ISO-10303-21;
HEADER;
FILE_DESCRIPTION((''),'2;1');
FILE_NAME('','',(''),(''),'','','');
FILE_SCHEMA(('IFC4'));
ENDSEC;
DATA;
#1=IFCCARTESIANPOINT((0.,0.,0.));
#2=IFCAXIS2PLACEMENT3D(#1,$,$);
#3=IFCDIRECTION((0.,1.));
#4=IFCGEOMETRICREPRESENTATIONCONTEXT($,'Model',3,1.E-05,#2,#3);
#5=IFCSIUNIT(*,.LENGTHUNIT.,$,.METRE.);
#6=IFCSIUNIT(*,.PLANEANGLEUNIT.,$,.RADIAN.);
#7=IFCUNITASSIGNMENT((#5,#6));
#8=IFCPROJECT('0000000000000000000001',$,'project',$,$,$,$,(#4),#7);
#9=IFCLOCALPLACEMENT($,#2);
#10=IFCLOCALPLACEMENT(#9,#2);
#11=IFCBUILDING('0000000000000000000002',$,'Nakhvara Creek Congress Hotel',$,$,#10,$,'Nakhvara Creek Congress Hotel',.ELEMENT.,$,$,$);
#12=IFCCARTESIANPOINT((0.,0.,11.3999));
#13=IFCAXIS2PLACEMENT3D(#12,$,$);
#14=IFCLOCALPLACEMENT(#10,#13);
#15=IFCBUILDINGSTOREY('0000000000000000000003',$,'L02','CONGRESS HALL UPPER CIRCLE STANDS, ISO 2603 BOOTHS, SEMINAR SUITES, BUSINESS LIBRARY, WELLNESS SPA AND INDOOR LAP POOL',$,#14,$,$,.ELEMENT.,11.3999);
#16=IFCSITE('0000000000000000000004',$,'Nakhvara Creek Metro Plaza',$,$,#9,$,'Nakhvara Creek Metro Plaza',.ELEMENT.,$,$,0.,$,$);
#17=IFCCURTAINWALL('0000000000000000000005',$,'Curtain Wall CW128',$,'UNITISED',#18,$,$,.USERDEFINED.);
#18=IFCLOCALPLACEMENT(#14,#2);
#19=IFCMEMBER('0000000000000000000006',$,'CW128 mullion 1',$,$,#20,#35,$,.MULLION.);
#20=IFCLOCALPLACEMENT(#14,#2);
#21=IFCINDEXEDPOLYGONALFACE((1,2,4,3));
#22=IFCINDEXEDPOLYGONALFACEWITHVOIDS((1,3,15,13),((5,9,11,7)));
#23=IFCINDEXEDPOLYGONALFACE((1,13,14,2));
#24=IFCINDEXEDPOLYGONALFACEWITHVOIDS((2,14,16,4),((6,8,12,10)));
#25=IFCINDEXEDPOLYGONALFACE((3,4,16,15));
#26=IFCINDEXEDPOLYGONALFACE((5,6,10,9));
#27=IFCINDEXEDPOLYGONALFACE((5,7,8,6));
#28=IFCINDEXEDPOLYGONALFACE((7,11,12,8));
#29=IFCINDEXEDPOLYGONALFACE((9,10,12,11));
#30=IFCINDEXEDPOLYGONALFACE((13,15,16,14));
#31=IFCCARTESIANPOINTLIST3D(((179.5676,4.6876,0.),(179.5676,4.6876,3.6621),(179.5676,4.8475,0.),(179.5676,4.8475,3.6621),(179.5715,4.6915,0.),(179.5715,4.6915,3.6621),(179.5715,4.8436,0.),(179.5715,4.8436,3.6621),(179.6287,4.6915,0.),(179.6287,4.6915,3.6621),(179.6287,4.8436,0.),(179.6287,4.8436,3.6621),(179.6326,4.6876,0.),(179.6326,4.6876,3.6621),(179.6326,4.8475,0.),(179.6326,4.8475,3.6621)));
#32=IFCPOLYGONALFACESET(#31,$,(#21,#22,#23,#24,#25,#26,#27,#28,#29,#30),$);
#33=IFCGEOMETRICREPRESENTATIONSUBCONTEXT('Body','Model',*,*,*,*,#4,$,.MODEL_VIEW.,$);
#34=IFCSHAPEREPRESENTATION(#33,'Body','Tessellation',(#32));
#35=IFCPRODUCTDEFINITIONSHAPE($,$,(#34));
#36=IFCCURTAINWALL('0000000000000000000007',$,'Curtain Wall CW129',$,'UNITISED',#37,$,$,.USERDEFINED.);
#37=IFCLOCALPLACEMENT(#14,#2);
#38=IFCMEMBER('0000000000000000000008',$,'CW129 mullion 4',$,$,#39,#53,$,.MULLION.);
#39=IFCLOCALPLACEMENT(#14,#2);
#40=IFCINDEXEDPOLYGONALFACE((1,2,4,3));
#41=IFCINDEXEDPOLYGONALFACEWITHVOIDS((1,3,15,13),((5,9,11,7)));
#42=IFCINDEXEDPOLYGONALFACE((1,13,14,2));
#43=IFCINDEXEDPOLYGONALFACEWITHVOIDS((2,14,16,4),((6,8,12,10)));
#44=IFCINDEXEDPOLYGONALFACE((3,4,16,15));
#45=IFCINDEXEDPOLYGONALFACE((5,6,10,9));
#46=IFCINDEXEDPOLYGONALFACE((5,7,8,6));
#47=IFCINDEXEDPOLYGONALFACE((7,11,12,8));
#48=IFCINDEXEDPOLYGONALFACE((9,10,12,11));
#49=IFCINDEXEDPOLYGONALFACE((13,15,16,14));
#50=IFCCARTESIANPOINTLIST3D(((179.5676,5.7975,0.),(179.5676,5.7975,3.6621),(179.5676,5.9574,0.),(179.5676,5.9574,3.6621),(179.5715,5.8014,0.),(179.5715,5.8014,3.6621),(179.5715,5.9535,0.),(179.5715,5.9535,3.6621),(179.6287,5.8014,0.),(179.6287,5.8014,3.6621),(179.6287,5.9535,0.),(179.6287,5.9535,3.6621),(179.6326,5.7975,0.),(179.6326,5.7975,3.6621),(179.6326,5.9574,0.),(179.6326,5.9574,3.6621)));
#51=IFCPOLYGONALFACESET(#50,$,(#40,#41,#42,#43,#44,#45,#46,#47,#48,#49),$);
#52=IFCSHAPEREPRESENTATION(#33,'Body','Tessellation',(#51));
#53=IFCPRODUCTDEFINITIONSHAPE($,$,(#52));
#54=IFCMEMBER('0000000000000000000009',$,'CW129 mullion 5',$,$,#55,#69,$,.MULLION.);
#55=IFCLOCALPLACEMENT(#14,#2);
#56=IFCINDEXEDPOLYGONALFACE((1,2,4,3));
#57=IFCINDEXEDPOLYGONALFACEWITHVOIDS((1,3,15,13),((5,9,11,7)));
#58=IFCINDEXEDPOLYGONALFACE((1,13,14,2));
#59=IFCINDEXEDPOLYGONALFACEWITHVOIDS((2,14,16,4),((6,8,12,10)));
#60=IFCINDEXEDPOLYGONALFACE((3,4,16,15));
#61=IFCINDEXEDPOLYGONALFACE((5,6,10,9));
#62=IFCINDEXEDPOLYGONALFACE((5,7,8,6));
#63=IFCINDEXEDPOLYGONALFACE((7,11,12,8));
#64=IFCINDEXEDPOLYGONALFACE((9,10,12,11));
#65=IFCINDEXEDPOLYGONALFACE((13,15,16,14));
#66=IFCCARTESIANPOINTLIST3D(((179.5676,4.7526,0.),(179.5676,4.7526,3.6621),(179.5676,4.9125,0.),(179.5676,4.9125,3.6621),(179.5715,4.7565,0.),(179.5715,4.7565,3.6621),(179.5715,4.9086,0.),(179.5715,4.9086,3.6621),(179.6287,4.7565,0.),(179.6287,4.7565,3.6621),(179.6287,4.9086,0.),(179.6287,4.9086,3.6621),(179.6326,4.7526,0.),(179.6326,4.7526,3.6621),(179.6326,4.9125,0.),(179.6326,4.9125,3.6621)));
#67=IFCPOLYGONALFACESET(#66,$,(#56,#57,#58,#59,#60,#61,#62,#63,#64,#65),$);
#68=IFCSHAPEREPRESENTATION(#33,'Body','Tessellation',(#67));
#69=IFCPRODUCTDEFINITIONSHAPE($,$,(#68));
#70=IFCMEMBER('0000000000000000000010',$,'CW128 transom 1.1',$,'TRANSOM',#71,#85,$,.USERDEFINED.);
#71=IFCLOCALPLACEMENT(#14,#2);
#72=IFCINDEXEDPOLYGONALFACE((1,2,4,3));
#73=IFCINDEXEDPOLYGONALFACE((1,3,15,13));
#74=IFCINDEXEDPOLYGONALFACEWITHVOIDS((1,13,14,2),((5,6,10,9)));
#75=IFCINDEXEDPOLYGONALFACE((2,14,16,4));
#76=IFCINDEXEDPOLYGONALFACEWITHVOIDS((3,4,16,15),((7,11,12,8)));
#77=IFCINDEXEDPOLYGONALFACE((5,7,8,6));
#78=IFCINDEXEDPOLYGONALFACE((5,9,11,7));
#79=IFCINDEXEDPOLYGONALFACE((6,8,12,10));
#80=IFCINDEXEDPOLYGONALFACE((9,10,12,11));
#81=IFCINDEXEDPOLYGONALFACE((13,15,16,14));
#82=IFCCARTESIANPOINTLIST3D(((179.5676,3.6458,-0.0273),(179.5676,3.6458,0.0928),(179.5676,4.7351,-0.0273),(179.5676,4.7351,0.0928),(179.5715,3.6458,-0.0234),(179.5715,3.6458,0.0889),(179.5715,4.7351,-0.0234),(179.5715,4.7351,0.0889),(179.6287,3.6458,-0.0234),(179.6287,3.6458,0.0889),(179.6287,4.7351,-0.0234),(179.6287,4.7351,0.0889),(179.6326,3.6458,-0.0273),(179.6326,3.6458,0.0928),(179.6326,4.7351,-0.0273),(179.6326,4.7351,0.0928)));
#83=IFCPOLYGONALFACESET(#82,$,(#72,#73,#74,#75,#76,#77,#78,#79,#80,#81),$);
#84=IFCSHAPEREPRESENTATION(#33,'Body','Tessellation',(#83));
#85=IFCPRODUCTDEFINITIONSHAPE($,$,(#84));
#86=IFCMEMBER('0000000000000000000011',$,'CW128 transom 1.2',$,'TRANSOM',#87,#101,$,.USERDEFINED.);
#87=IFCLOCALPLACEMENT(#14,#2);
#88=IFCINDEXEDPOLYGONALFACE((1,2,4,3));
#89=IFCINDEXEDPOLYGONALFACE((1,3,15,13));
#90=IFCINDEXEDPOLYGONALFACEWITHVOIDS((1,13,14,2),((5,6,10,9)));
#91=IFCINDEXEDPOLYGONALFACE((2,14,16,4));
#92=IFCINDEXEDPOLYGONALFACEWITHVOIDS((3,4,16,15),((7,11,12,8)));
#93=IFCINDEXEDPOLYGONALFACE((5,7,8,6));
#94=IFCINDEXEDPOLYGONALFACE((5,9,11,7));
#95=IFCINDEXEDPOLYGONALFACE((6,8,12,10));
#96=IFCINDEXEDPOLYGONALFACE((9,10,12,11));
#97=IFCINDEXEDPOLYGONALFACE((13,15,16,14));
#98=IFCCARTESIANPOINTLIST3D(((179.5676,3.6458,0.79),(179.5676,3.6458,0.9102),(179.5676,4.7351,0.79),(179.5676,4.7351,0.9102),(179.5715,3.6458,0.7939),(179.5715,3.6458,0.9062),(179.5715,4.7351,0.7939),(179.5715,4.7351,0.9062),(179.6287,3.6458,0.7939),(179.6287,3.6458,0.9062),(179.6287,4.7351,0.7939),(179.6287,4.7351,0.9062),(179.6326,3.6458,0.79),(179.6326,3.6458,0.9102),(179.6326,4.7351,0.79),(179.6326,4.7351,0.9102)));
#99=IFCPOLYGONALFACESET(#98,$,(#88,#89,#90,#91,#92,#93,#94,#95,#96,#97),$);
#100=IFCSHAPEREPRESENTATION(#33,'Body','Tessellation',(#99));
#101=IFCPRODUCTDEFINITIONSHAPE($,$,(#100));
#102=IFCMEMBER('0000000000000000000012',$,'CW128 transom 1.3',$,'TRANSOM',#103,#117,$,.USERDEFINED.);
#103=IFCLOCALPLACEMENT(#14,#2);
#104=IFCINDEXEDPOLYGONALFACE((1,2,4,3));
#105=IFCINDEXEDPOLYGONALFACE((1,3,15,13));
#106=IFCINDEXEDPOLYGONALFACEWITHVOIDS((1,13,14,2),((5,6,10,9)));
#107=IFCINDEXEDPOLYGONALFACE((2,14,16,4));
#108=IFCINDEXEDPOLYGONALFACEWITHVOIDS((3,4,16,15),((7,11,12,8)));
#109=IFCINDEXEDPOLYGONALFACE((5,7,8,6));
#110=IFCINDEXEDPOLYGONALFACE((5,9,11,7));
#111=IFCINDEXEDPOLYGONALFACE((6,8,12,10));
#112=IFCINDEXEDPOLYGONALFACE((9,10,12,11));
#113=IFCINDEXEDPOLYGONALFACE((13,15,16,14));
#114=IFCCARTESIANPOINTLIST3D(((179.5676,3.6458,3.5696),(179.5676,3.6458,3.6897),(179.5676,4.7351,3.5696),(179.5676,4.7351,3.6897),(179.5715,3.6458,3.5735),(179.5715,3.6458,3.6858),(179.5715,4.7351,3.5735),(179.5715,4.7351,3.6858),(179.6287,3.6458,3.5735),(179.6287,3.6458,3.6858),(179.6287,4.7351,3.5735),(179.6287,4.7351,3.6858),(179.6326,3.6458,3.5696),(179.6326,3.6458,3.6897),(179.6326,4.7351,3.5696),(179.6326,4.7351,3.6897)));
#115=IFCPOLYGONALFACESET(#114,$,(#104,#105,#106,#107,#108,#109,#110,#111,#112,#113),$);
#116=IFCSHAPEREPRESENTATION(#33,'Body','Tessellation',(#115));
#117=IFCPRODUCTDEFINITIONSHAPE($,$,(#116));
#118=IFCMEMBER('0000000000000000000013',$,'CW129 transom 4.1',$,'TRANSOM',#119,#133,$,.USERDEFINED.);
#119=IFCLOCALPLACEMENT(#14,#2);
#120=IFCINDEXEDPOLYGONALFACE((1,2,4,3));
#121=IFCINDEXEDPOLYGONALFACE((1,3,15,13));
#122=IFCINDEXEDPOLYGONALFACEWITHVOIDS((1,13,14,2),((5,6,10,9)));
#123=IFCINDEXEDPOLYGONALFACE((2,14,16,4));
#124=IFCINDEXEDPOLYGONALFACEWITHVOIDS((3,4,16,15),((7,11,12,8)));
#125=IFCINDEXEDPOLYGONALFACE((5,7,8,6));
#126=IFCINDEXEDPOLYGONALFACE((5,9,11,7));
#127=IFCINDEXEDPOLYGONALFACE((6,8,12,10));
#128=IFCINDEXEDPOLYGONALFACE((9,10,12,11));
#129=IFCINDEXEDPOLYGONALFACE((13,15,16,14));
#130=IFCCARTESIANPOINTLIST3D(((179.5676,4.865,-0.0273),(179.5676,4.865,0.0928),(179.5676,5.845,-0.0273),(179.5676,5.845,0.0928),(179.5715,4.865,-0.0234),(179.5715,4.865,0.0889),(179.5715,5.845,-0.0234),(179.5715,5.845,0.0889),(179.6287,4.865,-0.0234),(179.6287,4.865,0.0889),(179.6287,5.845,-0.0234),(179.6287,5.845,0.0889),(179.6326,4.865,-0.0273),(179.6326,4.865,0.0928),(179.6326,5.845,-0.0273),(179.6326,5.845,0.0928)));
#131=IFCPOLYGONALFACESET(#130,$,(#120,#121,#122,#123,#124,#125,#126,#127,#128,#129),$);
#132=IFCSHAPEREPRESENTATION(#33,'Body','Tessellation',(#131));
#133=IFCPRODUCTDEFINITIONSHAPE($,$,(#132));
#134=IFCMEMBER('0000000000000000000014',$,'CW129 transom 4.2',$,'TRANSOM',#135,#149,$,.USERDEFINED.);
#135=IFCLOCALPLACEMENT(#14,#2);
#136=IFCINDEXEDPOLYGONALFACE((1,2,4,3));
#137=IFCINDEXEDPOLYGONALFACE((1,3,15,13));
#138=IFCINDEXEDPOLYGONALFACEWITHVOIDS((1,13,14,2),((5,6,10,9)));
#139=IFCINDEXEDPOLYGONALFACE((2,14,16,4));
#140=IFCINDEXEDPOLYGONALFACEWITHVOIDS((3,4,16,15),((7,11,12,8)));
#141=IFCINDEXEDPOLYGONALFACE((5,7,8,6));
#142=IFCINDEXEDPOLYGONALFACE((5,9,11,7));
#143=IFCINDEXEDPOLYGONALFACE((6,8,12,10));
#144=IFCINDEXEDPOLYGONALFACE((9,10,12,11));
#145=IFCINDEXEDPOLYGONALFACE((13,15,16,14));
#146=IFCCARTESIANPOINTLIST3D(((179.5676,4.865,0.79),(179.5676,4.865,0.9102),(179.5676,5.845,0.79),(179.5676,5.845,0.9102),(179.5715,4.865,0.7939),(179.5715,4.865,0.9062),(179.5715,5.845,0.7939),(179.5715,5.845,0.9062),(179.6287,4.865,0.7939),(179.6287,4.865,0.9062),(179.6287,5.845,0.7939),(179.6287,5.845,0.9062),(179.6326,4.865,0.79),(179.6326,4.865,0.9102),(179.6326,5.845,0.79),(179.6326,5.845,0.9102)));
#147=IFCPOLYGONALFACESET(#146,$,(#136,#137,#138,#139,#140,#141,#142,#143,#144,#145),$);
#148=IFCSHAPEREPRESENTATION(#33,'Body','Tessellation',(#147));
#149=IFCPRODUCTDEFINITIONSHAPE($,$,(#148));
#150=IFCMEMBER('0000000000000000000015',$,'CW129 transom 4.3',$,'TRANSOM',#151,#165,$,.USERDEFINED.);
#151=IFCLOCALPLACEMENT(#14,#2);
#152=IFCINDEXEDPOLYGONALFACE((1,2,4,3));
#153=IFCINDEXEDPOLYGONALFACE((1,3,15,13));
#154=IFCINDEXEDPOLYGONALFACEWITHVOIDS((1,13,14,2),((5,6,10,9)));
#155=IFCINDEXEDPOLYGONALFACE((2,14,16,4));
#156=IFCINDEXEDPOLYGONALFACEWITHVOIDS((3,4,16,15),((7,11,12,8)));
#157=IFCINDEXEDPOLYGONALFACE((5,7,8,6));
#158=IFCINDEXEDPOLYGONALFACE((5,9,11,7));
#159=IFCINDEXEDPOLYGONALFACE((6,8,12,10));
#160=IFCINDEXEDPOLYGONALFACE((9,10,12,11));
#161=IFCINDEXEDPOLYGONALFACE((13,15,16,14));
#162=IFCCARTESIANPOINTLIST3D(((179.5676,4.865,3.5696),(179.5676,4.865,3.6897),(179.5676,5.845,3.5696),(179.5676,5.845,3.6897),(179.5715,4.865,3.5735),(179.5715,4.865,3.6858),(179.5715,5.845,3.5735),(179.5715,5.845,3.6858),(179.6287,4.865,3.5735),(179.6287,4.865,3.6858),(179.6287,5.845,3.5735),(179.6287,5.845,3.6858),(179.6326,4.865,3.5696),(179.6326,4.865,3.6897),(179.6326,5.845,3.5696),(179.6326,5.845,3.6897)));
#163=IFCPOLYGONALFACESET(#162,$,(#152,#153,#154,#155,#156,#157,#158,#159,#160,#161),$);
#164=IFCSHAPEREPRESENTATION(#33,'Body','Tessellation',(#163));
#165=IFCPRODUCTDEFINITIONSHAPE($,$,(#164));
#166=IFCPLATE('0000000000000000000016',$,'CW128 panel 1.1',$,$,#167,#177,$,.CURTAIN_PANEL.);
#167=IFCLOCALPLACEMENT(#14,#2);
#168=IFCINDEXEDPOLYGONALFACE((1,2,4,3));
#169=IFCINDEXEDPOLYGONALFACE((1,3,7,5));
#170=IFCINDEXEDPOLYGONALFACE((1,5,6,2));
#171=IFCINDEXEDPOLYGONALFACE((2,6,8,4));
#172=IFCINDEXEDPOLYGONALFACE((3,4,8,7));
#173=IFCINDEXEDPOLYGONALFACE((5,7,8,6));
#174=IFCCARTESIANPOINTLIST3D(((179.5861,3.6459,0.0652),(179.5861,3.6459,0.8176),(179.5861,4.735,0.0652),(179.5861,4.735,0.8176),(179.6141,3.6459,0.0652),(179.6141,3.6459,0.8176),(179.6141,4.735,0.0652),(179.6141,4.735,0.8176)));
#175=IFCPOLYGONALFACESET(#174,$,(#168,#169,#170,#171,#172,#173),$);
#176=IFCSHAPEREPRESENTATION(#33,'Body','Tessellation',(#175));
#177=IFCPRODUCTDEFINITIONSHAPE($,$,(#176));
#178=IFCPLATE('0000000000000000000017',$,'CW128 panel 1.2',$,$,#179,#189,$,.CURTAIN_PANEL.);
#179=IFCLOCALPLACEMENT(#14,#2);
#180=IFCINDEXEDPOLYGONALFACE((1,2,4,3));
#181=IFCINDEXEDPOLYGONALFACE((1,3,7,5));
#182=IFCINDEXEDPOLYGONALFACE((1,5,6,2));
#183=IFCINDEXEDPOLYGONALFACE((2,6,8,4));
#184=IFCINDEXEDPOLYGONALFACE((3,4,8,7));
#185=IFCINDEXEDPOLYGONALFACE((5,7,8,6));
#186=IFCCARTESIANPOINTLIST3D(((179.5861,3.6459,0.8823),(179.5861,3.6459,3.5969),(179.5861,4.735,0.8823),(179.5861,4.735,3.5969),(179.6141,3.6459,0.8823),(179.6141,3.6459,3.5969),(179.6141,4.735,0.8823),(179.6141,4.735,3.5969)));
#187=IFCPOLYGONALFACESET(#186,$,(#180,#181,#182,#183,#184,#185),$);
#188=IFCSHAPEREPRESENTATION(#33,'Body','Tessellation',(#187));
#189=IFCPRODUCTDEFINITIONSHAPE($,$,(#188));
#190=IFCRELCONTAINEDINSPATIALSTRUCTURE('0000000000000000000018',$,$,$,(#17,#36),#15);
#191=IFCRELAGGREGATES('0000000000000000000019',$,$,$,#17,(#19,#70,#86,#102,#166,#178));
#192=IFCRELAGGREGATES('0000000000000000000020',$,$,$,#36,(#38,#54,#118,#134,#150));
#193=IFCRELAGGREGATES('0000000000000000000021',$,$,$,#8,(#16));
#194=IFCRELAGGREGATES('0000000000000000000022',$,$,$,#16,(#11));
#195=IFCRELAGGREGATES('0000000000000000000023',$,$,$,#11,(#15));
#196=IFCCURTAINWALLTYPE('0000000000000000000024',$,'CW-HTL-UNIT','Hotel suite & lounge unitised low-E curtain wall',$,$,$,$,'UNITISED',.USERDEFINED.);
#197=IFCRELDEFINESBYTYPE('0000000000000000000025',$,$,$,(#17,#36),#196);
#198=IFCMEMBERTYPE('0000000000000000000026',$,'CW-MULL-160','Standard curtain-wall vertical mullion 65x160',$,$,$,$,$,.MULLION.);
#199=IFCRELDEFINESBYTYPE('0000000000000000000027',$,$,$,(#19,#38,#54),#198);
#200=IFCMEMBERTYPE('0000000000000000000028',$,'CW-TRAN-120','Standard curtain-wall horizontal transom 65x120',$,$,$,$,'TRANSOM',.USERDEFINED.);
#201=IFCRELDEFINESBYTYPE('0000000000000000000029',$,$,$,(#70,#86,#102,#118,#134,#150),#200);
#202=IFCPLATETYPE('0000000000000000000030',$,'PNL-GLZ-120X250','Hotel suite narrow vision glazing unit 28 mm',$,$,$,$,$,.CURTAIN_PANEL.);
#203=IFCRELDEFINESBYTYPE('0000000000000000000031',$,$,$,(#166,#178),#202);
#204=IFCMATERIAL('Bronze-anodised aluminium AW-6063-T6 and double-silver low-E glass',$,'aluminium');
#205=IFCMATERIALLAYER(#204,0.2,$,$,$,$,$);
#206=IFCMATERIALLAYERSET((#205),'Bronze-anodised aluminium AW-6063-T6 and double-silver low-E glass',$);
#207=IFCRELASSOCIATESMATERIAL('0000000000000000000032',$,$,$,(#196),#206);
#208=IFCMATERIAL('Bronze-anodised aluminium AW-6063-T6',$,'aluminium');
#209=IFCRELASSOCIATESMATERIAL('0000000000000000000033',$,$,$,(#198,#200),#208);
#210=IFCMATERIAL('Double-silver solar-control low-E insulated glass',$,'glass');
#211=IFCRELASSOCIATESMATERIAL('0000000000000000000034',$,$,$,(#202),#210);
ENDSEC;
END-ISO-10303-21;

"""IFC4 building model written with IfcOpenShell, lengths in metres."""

from ifc_helpers import new_model, si_unit, direction, frame, origin, origin_2d, place, context, subcontext, project, spatial, rectangle, hollow_rectangle, extrude, material, layer, layer_set, material_profile, profile_set, type_object, element, aggregate, save


model = new_model("IFC4")

# Units and contexts
model_context = context("Model", 3, precision=1e-05, world=origin(), true_north=direction((0.0, 1.0)))
body_context = subcontext(model_context, "Body", "Model", "MODEL_VIEW")
ifc_project = project(units=[si_unit("LENGTHUNIT", "METRE"), si_unit("PLANEANGLEUNIT", "RADIAN")], contexts=[model_context])

# Site, building, storey
site_placement = place(None, origin())
site = spatial("IfcSite", under=ifc_project, at=site_placement, Name="Nakhvara Creek Metro Plaza", LongName="Nakhvara Creek Metro Plaza", CompositionType="ELEMENT", RefElevation=0.0)
building_placement = place(site_placement, origin())
building = spatial("IfcBuilding", under=site, at=building_placement, Name="Nakhvara Creek Congress Hotel", LongName="Nakhvara Creek Congress Hotel", CompositionType="ELEMENT")
storey_placement = place(building_placement, frame((0.0, 0.0, 11.3999)))
storey = spatial("IfcBuildingStorey", under=building, at=storey_placement, Name="L02", Description="CONGRESS HALL UPPER CIRCLE STANDS, ISO 2603 BOOTHS, SEMINAR SUITES, BUSINESS LIBRARY, WELLNESS SPA AND INDOOR LAP POOL", CompositionType="ELEMENT", Elevation=11.3999)

# Curtain wall, member
ifc_material_1 = material(Name="Bronze-anodised aluminium AW-6063-T6 and double-silver low-E glass", Category="aluminium")
ifc_layer_1 = layer(ifc_material_1, 0.2)
ifc_layer_set_1 = layer_set([ifc_layer_1], Name="Bronze-anodised aluminium AW-6063-T6 and double-silver low-E glass")
curtain_wall_type = type_object("IfcCurtainWallType", Name="CW-HTL-UNIT", Description="Hotel suite & lounge unitised low-E curtain wall", ElementType="UNITISED", PredefinedType="USERDEFINED", material=ifc_layer_set_1)
curtain_wall_1_placement = place(storey_placement, origin())
curtain_wall_1 = element("IfcCurtainWall", 1, at=curtain_wall_1_placement, inside=storey, type_object=curtain_wall_type, Name="Curtain Wall CW128", ObjectType="UNITISED", PredefinedType="USERDEFINED")
ifc_material_2 = material(Name="Bronze-anodised aluminium AW-6063-T6", Category="aluminium")
ifc_material_profile_1 = material_profile(ifc_material_2, hollow_rectangle(XDim=0.0649, YDim=0.1599, WallThickness=0.0039, at=origin_2d()), Name="ALU-MULL 65x160x4", Category="LoadBearing")
ifc_profile_set_1 = profile_set([ifc_material_profile_1], Name="Bronze-anodised aluminium AW-6063-T6")
member_type_1 = type_object("IfcMemberType", Name="CW-MULL-160", Description="Standard curtain-wall vertical mullion 65x160", PredefinedType="MULLION", material=ifc_profile_set_1)
member_1_placement = place(storey_placement, frame((179.6001, 4.7676, 0.0), z_axis=(0.0, 0.0, 1.0), x_axis=(1.0, 0.0, 0.0)))
member_1 = element("IfcMember", 2, at=member_1_placement, type_object=member_type_1, Name="CW128 mullion 1", PredefinedType="MULLION", context=body_context, shape_type="SweptSolid", body=[
    extrude(hollow_rectangle(XDim=0.0649, YDim=0.1599, WallThickness=0.0039, at=origin_2d()), origin(), (0.0, 0.0, 1.0), 3.6621),
])

# Curtain wall, members
curtain_wall_2_placement = place(storey_placement, origin())
curtain_wall_2 = element("IfcCurtainWall", 3, at=curtain_wall_2_placement, inside=storey, type_object=curtain_wall_type, Name="Curtain Wall CW129", ObjectType="UNITISED", PredefinedType="USERDEFINED")
member_2_placement = place(storey_placement, frame((179.6001, 5.8774, 0.0), z_axis=(0.0, 0.0, 1.0), x_axis=(1.0, 0.0, 0.0)))
member_2 = element("IfcMember", 4, at=member_2_placement, type_object=member_type_1, Name="CW129 mullion 4", PredefinedType="MULLION", context=body_context, shape_type="SweptSolid", body=[
    extrude(hollow_rectangle(XDim=0.0649, YDim=0.1599, WallThickness=0.0039, at=origin_2d()), origin(), (0.0, 0.0, 1.0), 3.6621),
])
member_3_placement = place(storey_placement, frame((179.6001, 4.8325, 0.0), z_axis=(0.0, 0.0, 1.0), x_axis=(1.0, 0.0, 0.0)))
member_3 = element("IfcMember", 5, at=member_3_placement, type_object=member_type_1, Name="CW129 mullion 5", PredefinedType="MULLION", context=body_context, shape_type="SweptSolid", body=[
    extrude(hollow_rectangle(XDim=0.0649, YDim=0.1599, WallThickness=0.0039, at=origin_2d()), origin(), (0.0, 0.0, 1.0), 3.6621),
])

# Members
ifc_material_profile_2 = material_profile(ifc_material_2, hollow_rectangle(XDim=0.0649, YDim=0.1201, WallThickness=0.0039, at=origin_2d()), Name="ALU-TRAN 65x120x4", Category="LoadBearing")
ifc_profile_set_2 = profile_set([ifc_material_profile_2], Name="Bronze-anodised aluminium AW-6063-T6")
member_type_2 = type_object("IfcMemberType", Name="CW-TRAN-120", Description="Standard curtain-wall horizontal transom 65x120", ElementType="TRANSOM", PredefinedType="USERDEFINED", material=ifc_profile_set_2)
member_4_placement = place(storey_placement, frame((179.6001, 4.7351, 0.0327), z_axis=(0.0, -1.0, 0.0), x_axis=(1.0, 0.0, 0.0)))
member_4 = element("IfcMember", 6, at=member_4_placement, type_object=member_type_2, Name="CW128 transom 1.1", ObjectType="TRANSOM", PredefinedType="USERDEFINED", context=body_context, shape_type="SweptSolid", body=[
    extrude(hollow_rectangle(XDim=0.0649, YDim=0.1201, WallThickness=0.0039, at=origin_2d()), origin(), (0.0, 0.0, 1.0), 1.0894),
])
member_5_placement = place(storey_placement, frame((179.6001, 4.7351, 0.8501), z_axis=(0.0, -1.0, 0.0), x_axis=(1.0, 0.0, 0.0)))
member_5 = element("IfcMember", 7, at=member_5_placement, type_object=member_type_2, Name="CW128 transom 1.2", ObjectType="TRANSOM", PredefinedType="USERDEFINED", context=body_context, shape_type="SweptSolid", body=[
    extrude(hollow_rectangle(XDim=0.0649, YDim=0.1201, WallThickness=0.0039, at=origin_2d()), origin(), (0.0, 0.0, 1.0), 1.0894),
])
member_6_placement = place(storey_placement, frame((179.6001, 4.7351, 3.6296), z_axis=(0.0, -1.0, 0.0), x_axis=(1.0, 0.0, 0.0)))
member_6 = element("IfcMember", 8, at=member_6_placement, type_object=member_type_2, Name="CW128 transom 1.3", ObjectType="TRANSOM", PredefinedType="USERDEFINED", context=body_context, shape_type="SweptSolid", body=[
    extrude(hollow_rectangle(XDim=0.0649, YDim=0.1201, WallThickness=0.0039, at=origin_2d()), origin(), (0.0, 0.0, 1.0), 1.0894),
])
member_7_placement = place(storey_placement, frame((179.6001, 5.845, 0.0327), z_axis=(0.0, -1.0, 0.0), x_axis=(1.0, 0.0, 0.0)))
member_7 = element("IfcMember", 9, at=member_7_placement, type_object=member_type_2, Name="CW129 transom 4.1", ObjectType="TRANSOM", PredefinedType="USERDEFINED", context=body_context, shape_type="SweptSolid", body=[
    extrude(hollow_rectangle(XDim=0.0649, YDim=0.1201, WallThickness=0.0039, at=origin_2d()), origin(), (0.0, 0.0, 1.0), 0.98),
])
member_8_placement = place(storey_placement, frame((179.6001, 5.845, 0.8501), z_axis=(0.0, -1.0, 0.0), x_axis=(1.0, 0.0, 0.0)))
member_8 = element("IfcMember", 10, at=member_8_placement, type_object=member_type_2, Name="CW129 transom 4.2", ObjectType="TRANSOM", PredefinedType="USERDEFINED", context=body_context, shape_type="SweptSolid", body=[
    extrude(hollow_rectangle(XDim=0.0649, YDim=0.1201, WallThickness=0.0039, at=origin_2d()), origin(), (0.0, 0.0, 1.0), 0.98),
])
member_9_placement = place(storey_placement, frame((179.6001, 5.845, 3.6296), z_axis=(0.0, -1.0, 0.0), x_axis=(1.0, 0.0, 0.0)))
member_9 = element("IfcMember", 11, at=member_9_placement, type_object=member_type_2, Name="CW129 transom 4.3", ObjectType="TRANSOM", PredefinedType="USERDEFINED", context=body_context, shape_type="SweptSolid", body=[
    extrude(hollow_rectangle(XDim=0.0649, YDim=0.1201, WallThickness=0.0039, at=origin_2d()), origin(), (0.0, 0.0, 1.0), 0.98),
])

# Plates
ifc_material_3 = material(Name="Double-silver solar-control low-E insulated glass", Category="glass")
plate_type = type_object("IfcPlateType", Name="PNL-GLZ-120X250", Description="Hotel suite narrow vision glazing unit 28 mm", PredefinedType="CURTAIN_PANEL", material=ifc_material_3)
plate_1_placement = place(storey_placement, frame((179.6001, 4.1904, 0.0652), z_axis=(0.0, 0.0, 1.0), x_axis=(0.0, -1.0, 0.0)))
plate_1 = element("IfcPlate", 12, at=plate_1_placement, type_object=plate_type, Name="CW128 panel 1.1", PredefinedType="CURTAIN_PANEL", context=body_context, shape_type="SweptSolid", body=[
    extrude(rectangle(XDim=1.0891, YDim=0.0281, at=origin_2d()), origin(), (0.0, 0.0, 1.0), 0.7524),
])
plate_2_placement = place(storey_placement, frame((179.6001, 4.1904, 0.8823), z_axis=(0.0, 0.0, 1.0), x_axis=(0.0, -1.0, 0.0)))
plate_2 = element("IfcPlate", 13, at=plate_2_placement, type_object=plate_type, Name="CW128 panel 1.2", PredefinedType="CURTAIN_PANEL", context=body_context, shape_type="SweptSolid", body=[
    extrude(rectangle(XDim=1.0891, YDim=0.0281, at=origin_2d()), origin(), (0.0, 0.0, 1.0), 2.7146),
])
aggregate(curtain_wall_1, [member_1, member_4, member_5, member_6, plate_1, plate_2])
aggregate(curtain_wall_2, [member_2, member_3, member_7, member_8, member_9])

save(model, "model.ifc")
